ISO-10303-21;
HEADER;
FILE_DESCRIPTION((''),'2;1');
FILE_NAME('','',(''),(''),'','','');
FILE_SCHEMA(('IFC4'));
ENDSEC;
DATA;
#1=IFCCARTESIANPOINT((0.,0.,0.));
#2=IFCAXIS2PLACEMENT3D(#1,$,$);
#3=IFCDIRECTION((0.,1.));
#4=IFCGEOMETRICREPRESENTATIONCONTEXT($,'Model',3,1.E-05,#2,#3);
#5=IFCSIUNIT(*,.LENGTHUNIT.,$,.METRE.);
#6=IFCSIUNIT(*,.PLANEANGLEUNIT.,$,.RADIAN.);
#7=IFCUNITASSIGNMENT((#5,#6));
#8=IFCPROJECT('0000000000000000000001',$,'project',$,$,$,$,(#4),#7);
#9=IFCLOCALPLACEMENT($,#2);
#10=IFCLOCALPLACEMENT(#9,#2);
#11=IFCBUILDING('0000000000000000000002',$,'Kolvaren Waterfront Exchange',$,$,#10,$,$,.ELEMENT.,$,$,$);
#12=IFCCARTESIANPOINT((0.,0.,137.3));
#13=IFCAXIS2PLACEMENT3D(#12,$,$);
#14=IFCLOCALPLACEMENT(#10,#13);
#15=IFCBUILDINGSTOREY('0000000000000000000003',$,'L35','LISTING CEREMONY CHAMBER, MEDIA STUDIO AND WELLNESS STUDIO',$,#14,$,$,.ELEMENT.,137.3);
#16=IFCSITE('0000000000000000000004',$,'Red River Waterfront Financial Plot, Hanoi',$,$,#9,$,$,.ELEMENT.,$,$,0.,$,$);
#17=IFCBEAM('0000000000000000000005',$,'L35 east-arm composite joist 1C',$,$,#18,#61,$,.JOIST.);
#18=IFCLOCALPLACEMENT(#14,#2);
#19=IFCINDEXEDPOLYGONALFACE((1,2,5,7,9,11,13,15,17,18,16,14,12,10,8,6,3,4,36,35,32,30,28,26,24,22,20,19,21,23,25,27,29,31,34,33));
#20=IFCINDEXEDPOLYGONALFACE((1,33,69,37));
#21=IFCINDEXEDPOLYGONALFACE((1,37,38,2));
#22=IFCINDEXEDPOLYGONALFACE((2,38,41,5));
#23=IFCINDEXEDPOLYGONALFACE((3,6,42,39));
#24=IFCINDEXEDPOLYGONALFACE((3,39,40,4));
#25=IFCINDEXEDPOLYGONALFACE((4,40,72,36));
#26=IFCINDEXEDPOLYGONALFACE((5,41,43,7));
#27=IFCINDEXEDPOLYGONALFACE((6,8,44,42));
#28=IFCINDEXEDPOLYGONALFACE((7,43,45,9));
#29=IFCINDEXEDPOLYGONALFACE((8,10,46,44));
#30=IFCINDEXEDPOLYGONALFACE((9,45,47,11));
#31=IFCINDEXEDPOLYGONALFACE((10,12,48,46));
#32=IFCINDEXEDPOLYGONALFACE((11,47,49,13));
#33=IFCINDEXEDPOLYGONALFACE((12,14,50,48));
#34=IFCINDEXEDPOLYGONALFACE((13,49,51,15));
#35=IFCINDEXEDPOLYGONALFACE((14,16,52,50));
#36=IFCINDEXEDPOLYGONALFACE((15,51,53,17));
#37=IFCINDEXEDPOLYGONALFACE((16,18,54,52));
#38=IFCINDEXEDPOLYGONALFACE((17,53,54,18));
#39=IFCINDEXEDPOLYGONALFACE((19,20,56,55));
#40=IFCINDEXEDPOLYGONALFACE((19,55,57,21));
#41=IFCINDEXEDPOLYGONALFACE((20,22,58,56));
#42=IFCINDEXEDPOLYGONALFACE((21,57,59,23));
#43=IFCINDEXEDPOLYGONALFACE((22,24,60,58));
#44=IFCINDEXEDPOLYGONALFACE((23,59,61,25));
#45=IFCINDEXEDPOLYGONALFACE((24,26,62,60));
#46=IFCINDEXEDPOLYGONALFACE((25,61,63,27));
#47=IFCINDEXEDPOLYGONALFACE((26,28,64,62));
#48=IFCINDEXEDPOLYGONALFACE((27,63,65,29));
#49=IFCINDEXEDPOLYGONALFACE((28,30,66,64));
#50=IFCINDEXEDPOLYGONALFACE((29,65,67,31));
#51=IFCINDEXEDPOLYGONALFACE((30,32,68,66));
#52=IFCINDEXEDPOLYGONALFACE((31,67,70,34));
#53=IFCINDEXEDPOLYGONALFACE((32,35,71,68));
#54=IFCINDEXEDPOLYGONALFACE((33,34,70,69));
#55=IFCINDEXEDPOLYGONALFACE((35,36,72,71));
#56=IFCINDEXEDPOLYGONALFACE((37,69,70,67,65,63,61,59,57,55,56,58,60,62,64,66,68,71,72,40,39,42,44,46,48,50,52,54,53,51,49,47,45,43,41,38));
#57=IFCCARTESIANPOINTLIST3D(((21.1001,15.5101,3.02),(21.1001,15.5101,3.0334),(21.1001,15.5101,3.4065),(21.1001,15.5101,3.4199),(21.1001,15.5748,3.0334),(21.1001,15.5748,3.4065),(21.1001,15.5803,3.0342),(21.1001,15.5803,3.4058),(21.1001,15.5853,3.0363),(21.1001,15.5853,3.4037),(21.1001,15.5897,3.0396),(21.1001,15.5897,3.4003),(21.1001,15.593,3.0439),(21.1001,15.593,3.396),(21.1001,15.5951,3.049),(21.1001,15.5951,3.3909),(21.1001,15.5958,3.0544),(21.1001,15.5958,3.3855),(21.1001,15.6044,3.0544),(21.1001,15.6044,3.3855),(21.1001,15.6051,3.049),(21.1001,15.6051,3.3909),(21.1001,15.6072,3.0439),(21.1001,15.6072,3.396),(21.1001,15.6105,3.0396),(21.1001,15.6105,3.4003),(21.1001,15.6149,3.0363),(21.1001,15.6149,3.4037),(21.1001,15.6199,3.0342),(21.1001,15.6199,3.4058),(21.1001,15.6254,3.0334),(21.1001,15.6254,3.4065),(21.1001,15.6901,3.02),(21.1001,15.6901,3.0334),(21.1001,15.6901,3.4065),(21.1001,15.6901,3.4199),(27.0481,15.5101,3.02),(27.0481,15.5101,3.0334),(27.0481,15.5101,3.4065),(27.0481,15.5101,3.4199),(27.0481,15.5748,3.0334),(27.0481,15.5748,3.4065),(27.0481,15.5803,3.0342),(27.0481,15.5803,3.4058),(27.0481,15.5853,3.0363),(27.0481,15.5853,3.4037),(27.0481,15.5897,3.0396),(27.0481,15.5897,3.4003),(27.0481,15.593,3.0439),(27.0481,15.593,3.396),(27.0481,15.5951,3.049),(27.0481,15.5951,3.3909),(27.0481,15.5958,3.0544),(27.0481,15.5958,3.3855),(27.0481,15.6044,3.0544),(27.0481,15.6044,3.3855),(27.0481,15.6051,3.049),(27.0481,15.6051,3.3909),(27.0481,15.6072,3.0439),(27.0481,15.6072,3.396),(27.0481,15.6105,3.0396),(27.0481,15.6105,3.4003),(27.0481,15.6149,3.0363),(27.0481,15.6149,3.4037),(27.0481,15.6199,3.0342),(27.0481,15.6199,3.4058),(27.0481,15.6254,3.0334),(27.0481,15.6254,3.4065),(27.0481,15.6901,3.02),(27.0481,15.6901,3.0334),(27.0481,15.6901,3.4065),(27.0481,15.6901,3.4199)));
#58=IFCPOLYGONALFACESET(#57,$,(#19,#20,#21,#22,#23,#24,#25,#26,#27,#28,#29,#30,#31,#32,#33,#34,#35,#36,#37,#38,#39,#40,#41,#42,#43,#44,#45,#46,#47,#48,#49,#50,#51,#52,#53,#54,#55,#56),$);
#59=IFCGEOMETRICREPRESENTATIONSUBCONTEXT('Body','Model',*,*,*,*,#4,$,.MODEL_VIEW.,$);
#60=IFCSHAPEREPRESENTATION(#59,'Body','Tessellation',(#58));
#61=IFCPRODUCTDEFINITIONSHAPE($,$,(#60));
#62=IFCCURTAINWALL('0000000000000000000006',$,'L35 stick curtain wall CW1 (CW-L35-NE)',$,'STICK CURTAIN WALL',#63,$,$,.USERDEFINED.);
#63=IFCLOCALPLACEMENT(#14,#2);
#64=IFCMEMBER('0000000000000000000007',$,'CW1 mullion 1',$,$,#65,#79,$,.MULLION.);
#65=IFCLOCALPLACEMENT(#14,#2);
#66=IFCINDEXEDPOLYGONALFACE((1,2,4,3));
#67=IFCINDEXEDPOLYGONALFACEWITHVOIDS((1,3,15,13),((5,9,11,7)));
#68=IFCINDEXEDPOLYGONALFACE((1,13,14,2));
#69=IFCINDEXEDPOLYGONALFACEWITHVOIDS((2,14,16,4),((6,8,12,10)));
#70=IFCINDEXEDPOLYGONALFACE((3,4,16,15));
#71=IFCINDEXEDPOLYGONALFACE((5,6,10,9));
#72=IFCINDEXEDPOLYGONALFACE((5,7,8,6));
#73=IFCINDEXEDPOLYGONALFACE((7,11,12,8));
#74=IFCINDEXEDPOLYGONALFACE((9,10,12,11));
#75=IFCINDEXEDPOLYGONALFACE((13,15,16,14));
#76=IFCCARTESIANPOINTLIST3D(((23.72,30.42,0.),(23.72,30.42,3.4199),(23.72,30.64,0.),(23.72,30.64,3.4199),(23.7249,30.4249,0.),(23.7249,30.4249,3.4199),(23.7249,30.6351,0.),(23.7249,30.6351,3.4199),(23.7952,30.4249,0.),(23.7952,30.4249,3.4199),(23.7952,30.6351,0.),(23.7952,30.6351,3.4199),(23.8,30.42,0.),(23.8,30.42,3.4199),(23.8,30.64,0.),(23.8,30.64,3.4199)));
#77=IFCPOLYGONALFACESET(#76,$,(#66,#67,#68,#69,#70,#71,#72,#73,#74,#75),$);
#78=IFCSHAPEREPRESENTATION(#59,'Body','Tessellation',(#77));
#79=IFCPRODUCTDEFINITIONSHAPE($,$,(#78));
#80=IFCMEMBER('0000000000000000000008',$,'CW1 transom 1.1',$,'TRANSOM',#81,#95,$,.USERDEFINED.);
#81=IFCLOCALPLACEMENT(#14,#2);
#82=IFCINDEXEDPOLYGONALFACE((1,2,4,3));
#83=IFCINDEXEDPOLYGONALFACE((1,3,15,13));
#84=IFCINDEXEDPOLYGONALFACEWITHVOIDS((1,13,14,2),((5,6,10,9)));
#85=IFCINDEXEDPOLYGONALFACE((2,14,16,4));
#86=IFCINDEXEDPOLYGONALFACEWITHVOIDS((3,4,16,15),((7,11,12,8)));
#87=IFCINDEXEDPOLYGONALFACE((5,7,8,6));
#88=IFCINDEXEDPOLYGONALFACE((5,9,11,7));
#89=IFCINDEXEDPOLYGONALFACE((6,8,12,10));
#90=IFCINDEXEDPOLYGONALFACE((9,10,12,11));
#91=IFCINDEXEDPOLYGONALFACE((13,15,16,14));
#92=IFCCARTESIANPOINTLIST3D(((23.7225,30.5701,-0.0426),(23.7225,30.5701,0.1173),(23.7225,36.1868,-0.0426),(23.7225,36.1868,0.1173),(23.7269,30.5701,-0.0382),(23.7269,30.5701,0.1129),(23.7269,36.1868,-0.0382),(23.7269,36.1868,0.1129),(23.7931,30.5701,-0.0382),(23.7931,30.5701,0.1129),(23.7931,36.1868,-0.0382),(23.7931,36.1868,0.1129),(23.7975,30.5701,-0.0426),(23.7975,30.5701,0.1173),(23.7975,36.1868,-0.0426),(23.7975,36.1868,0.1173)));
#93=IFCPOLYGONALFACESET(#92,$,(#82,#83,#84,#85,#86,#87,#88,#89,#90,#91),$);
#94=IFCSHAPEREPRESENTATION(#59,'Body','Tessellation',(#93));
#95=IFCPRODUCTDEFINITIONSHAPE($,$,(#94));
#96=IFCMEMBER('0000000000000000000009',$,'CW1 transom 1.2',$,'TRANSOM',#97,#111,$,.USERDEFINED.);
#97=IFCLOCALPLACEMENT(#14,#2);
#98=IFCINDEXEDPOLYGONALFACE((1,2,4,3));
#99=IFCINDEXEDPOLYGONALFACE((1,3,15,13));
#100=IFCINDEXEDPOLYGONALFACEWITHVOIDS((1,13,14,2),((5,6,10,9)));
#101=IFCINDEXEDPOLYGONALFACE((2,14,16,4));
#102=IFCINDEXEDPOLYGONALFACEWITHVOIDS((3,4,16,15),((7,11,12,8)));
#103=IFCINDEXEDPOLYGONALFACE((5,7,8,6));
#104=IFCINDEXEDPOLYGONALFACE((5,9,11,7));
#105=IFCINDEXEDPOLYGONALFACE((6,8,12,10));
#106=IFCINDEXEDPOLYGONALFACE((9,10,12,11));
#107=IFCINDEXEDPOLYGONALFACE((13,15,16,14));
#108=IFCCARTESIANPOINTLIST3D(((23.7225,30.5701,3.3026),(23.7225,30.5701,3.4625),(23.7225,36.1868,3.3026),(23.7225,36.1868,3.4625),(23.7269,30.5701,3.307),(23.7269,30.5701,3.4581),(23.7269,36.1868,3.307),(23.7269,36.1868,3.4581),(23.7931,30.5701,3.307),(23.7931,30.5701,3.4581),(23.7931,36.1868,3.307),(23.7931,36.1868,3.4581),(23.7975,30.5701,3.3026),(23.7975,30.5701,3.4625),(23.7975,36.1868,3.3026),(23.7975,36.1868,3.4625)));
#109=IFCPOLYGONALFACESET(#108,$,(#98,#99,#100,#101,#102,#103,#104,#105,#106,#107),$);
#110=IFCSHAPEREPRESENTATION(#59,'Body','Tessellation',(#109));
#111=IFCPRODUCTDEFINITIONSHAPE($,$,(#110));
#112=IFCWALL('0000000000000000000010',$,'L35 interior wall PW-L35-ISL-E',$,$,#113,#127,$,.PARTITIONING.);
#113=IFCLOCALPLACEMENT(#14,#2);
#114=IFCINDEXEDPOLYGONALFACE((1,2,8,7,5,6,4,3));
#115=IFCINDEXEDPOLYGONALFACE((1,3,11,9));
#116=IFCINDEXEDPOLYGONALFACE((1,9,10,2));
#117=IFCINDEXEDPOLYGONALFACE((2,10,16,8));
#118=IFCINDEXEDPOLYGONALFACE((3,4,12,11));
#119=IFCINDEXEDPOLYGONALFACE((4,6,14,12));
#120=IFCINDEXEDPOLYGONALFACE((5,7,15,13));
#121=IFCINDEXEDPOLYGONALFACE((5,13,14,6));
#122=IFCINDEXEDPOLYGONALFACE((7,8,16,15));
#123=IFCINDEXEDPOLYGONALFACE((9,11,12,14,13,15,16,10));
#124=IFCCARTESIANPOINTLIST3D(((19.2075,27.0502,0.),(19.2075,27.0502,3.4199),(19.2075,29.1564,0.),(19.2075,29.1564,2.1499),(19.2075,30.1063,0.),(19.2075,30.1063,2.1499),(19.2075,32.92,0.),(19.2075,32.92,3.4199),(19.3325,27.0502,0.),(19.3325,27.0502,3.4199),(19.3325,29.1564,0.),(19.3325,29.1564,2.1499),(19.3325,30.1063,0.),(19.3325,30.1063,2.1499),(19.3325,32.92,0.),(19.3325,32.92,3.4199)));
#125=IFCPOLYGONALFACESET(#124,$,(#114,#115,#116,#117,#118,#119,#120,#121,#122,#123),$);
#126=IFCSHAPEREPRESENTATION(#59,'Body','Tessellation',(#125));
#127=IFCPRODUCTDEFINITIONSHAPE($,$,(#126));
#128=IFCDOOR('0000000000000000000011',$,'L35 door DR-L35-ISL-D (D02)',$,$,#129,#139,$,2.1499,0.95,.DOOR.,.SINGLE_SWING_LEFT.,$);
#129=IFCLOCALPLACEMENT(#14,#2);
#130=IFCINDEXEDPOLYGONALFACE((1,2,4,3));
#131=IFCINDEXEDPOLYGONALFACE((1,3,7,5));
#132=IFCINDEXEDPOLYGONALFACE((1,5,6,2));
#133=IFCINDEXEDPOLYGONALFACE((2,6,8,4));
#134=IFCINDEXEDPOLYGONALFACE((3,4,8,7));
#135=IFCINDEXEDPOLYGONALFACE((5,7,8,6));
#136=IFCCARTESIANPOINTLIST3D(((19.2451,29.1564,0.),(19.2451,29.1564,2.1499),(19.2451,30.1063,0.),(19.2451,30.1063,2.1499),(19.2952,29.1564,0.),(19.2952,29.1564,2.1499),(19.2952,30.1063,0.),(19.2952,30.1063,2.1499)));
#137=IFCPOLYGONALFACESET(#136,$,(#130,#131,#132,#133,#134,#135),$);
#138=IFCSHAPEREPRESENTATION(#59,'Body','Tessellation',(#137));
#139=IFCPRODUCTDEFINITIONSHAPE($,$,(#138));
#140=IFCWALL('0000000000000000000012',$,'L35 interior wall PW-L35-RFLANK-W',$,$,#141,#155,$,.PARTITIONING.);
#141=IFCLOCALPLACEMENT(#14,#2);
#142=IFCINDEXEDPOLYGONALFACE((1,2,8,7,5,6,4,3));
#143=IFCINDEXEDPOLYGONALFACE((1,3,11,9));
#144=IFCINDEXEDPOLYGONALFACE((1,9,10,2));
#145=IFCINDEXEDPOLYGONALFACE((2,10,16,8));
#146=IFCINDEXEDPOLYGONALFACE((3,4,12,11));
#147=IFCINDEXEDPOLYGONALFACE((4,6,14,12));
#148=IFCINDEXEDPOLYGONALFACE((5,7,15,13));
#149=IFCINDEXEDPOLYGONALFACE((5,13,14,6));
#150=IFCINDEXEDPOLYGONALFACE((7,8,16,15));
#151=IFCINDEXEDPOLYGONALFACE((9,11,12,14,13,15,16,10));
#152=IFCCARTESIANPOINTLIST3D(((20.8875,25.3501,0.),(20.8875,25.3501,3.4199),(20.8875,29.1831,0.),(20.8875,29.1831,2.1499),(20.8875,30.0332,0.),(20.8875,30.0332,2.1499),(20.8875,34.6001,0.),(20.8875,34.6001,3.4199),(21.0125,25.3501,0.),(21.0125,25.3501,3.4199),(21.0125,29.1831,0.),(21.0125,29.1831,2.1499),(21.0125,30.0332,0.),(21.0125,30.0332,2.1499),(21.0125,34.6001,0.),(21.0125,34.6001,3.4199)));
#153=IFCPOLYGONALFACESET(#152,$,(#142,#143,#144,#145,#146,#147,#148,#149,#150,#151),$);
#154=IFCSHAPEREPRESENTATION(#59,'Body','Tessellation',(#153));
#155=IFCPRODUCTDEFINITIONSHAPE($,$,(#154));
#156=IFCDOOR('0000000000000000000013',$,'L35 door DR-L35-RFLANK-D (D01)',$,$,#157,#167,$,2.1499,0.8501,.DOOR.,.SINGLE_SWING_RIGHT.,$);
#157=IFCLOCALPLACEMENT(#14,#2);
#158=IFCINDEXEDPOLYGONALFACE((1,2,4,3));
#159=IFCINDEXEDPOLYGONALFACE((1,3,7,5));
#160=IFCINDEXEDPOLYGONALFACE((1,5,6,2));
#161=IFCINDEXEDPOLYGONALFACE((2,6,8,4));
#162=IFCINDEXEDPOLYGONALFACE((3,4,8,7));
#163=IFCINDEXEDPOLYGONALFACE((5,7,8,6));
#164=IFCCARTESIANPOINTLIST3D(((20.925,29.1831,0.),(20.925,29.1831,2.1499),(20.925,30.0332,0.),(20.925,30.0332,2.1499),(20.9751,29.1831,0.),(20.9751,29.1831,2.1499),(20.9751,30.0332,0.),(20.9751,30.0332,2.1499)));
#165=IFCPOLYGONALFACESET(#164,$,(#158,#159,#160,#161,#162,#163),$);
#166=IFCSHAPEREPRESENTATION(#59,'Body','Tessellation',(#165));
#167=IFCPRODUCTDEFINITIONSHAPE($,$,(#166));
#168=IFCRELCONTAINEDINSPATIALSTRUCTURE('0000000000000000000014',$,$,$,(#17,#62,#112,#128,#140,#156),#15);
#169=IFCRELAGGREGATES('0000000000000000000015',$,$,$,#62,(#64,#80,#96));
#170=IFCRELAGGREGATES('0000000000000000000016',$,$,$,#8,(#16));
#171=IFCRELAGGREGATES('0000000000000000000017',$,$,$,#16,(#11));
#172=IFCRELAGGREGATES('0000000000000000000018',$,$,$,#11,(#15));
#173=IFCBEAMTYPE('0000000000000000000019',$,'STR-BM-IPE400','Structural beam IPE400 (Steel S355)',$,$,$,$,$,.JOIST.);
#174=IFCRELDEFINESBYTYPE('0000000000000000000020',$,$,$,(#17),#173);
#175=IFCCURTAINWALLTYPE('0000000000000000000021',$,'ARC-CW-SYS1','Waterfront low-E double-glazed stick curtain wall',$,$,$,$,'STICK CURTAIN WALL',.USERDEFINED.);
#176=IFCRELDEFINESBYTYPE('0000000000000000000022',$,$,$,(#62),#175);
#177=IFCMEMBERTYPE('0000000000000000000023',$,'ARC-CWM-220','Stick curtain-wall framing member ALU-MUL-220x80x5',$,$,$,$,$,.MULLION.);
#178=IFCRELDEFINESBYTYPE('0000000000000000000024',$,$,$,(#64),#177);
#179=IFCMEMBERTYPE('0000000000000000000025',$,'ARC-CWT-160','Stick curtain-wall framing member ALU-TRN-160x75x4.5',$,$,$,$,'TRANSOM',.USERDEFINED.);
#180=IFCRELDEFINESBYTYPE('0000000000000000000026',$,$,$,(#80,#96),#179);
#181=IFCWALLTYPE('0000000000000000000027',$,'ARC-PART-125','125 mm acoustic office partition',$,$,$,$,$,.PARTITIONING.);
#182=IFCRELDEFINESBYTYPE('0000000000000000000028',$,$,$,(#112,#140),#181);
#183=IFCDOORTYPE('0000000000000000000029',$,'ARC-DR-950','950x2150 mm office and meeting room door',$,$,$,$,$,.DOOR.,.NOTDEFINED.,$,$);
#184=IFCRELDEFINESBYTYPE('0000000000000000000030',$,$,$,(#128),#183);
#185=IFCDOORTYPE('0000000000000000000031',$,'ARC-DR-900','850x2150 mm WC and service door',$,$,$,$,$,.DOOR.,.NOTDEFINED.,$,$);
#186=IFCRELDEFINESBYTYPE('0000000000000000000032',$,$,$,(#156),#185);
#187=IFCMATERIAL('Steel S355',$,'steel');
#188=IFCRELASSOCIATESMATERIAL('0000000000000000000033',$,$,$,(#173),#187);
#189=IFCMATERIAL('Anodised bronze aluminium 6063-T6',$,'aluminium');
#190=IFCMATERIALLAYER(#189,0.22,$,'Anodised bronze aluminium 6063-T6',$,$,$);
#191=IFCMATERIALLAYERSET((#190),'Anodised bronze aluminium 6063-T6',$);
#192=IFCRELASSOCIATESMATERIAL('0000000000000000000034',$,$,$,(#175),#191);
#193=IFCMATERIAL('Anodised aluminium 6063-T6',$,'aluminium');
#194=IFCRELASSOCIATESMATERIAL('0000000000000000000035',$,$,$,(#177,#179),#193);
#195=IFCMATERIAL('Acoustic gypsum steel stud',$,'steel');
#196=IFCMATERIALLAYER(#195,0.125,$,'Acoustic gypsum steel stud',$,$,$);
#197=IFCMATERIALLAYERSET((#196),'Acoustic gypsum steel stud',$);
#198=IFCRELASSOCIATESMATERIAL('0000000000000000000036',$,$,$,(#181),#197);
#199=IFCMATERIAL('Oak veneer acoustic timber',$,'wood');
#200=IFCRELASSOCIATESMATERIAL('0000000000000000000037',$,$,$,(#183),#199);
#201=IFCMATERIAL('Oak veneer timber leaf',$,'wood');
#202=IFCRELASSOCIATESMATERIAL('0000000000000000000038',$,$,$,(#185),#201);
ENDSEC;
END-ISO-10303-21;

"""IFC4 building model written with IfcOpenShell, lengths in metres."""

from ifc_helpers import new_model, si_unit, direction, frame, frame_2d, origin, origin_with_axes, origin_2d, place, context, subcontext, project, spatial, rectangle, hollow_rectangle, i_section, extrude, source, transform, mapped, material, layer, layer_set, material_profile, profile_set, type_object, element, fill, aggregate, save


model = new_model("IFC4")

# Units and contexts
model_context = context("Model", 3, precision=1e-05, world=origin(), true_north=direction((0.0, 1.0)))
body_context = subcontext(model_context, "Body", "Model", "MODEL_VIEW")
ifc_project = project(units=[si_unit("LENGTHUNIT", "METRE"), si_unit("PLANEANGLEUNIT", "RADIAN")], contexts=[model_context])

# Site, building, storey
site_placement = place(None, origin())
site = spatial("IfcSite", under=ifc_project, at=site_placement, Name="Red River Waterfront Financial Plot, Hanoi", CompositionType="ELEMENT", RefElevation=0.0)
building_placement = place(site_placement, origin())
building = spatial("IfcBuilding", under=site, at=building_placement, Name="Kolvaren Waterfront Exchange", CompositionType="ELEMENT")
storey_placement = place(building_placement, frame((0.0, 0.0, 137.3)))
storey = spatial("IfcBuildingStorey", under=building, at=storey_placement, Name="L35", Description="LISTING CEREMONY CHAMBER, MEDIA STUDIO AND WELLNESS STUDIO", CompositionType="ELEMENT", Elevation=137.3)

# Beam
ifc_material_1 = material(Name="Steel S355", Category="steel")
ifc_material_profile_1 = material_profile(ifc_material_1, i_section(OverallWidth=0.1799, OverallDepth=0.3999, WebThickness=0.0085, FlangeThickness=0.0134, FilletRadius=0.021, at=origin_2d()), Name="IPE400")
ifc_profile_set_1 = profile_set([ifc_material_profile_1], Name="Steel S355")
beam_type_1 = type_object("IfcBeamType", Name="STR-BM-IPE400", Description="Structural beam IPE400 (Steel S355)", PredefinedType="JOIST", material=ifc_profile_set_1)
for number, where, z_axis, x_axis, name in (
    (1, (21.1001, 15.6001, 3.22), (1.0, 0.0, 0.0), (0.0, 1.0, 0.0), "L35 east-arm composite joist 1C"),
):
    element("IfcBeam", number, at=place(storey_placement, frame(where, z_axis=z_axis, x_axis=x_axis)), inside=storey, type_object=beam_type_1, Name=name, PredefinedType="JOIST", context=body_context, shape_type="SweptSolid", body=[
        extrude(i_section(OverallWidth=0.1799, OverallDepth=0.3999, WebThickness=0.0085, FlangeThickness=0.0134, FilletRadius=0.021, at=origin_2d()), origin(), (0.0, 0.0, 1.0), 5.948),
    ])

# Curtain wall, members
ifc_material_2 = material(Name="Anodised bronze aluminium 6063-T6", Category="aluminium")
ifc_layer_1 = layer(ifc_material_2, 0.22, Name="Anodised bronze aluminium 6063-T6")
ifc_layer_set_1 = layer_set([ifc_layer_1], Name="Anodised bronze aluminium 6063-T6")
curtain_wall_type = type_object("IfcCurtainWallType", Name="ARC-CW-SYS1", Description="Waterfront low-E double-glazed stick curtain wall", ElementType="STICK CURTAIN WALL", PredefinedType="USERDEFINED", material=ifc_layer_set_1)
curtain_wall_placement = place(storey_placement, origin())
curtain_wall = element("IfcCurtainWall", 2, at=curtain_wall_placement, inside=storey, type_object=curtain_wall_type, Name="L35 stick curtain wall CW1 (CW-L35-NE)", ObjectType="STICK CURTAIN WALL", PredefinedType="USERDEFINED")
ifc_material_3 = material(Name="Anodised aluminium 6063-T6", Category="aluminium")
ifc_material_profile_2 = material_profile(ifc_material_3, hollow_rectangle(XDim=0.0801, YDim=0.22, WallThickness=0.0049, at=origin_2d()), Name="ALU-MUL-220x80x5")
ifc_profile_set_2 = profile_set([ifc_material_profile_2], Name="Anodised aluminium 6063-T6")
member_type_1 = type_object("IfcMemberType", Name="ARC-CWM-220", Description="Stick curtain-wall framing member ALU-MUL-220x80x5", PredefinedType="MULLION", material=ifc_profile_set_2)
shared_shape_1 = source(origin_with_axes(), body_context, "Body", "SweptSolid", [
    extrude(hollow_rectangle(XDim=0.0801, YDim=0.22, WallThickness=0.0049, at=origin_2d()), origin(), (0.0, 0.0, 1.0), 3.4199),
])
member_1_placement = place(storey_placement, frame((23.76, 30.53, 0.0), z_axis=(0.0, 0.0, 1.0), x_axis=(-1.0, 0.0, 0.0)))
member_1 = element("IfcMember", 3, at=member_1_placement, type_object=member_type_1, Name="CW1 mullion 1", PredefinedType="MULLION", context=body_context, shape_type="MappedRepresentation", body=[
    mapped(shared_shape_1, transform((0.0, 0.0, 0.0), x_axis=(1.0, 0.0, 0.0), y_axis=(0.0, 1.0, 0.0), z_axis=(0.0, 0.0, 1.0), scale=1.0)),
])
ifc_material_profile_3 = material_profile(ifc_material_3, hollow_rectangle(XDim=0.075, YDim=0.1599, WallThickness=0.0044, at=origin_2d()), Name="ALU-TRN-160x75x4.5")
ifc_profile_set_3 = profile_set([ifc_material_profile_3], Name="Anodised aluminium 6063-T6")
member_type_2 = type_object("IfcMemberType", Name="ARC-CWT-160", Description="Stick curtain-wall framing member ALU-TRN-160x75x4.5", ElementType="TRANSOM", PredefinedType="USERDEFINED", material=ifc_profile_set_3)
shared_shape_2 = source(origin_with_axes(), body_context, "Body", "SweptSolid", [
    extrude(hollow_rectangle(XDim=0.075, YDim=0.1599, WallThickness=0.0044, at=origin_2d()), origin(), (0.0, 0.0, 1.0), 5.6167),
])
member_2_placement = place(storey_placement, frame((23.76, 30.5701, 0.0374), z_axis=(0.0, 1.0, 0.0), x_axis=(-1.0, 0.0, 0.0)))
member_2 = element("IfcMember", 4, at=member_2_placement, type_object=member_type_2, Name="CW1 transom 1.1", ObjectType="TRANSOM", PredefinedType="USERDEFINED", context=body_context, shape_type="MappedRepresentation", body=[
    mapped(shared_shape_2, transform((0.0, 0.0, 0.0), x_axis=(1.0, 0.0, 0.0), y_axis=(0.0, 1.0, 0.0), z_axis=(0.0, 0.0, 1.0), scale=1.0)),
])
member_3_placement = place(storey_placement, frame((23.76, 30.5701, 3.3826), z_axis=(0.0, 1.0, 0.0), x_axis=(-1.0, 0.0, 0.0)))
member_3 = element("IfcMember", 5, at=member_3_placement, type_object=member_type_2, Name="CW1 transom 1.2", ObjectType="TRANSOM", PredefinedType="USERDEFINED", context=body_context, shape_type="MappedRepresentation", body=[
    mapped(shared_shape_2, transform((0.0, 0.0, 0.0), x_axis=(1.0, 0.0, 0.0), y_axis=(0.0, 1.0, 0.0), z_axis=(0.0, 0.0, 1.0), scale=1.0)),
])
aggregate(curtain_wall, [member_1, member_2, member_3])

# Walls, openings, doors
ifc_material_4 = material(Name="Acoustic gypsum steel stud", Category="steel")
ifc_layer_2 = layer(ifc_material_4, 0.125, Name="Acoustic gypsum steel stud")
ifc_layer_set_2 = layer_set([ifc_layer_2], Name="Acoustic gypsum steel stud")
wall_type_1 = type_object("IfcWallType", Name="ARC-PART-125", Description="125 mm acoustic office partition", PredefinedType="PARTITIONING", material=ifc_layer_set_2)
wall_1_placement = place(storey_placement, frame((19.27, 27.05, 0.0), z_axis=(0.0, 0.0, 1.0), x_axis=(0.0, 1.0, 0.0)))
wall_1 = element("IfcWall", 6, at=wall_1_placement, inside=storey, type_object=wall_type_1, Name="L35 interior wall PW-L35-ISL-E", PredefinedType="PARTITIONING", context=body_context, shape_type="SweptSolid", body=[
    extrude(rectangle(XDim=5.8699, YDim=0.125, at=frame_2d((2.9351, 0.0))), origin(), (0.0, 0.0, 1.0), 3.4199),
])
opening_1_placement = place(wall_1_placement, frame((2.1062, 0.0, 0.0)))
opening_1 = element("IfcOpeningElement", 7, at=opening_1_placement, cuts=wall_1, PredefinedType="OPENING", context=body_context, shape_type="SweptSolid", body=[
    extrude(rectangle(XDim=0.95, YDim=2.1499, at=frame_2d((0.4751, 1.075))), frame((0.0, 0.0725, 0.0), z_axis=(0.0, -1.0, 0.0), x_axis=(1.0, 0.0, 0.0)), (0.0, 0.0, 1.0), 0.145),
])
ifc_material_5 = material(Name="Oak veneer acoustic timber", Category="wood")
door_type_1 = type_object("IfcDoorType", Name="ARC-DR-950", Description="950x2150 mm office and meeting room door", OperationType="NOTDEFINED", PredefinedType="DOOR", material=ifc_material_5)
door_1_placement = place(opening_1_placement, origin())
door_1 = element("IfcDoor", 8, at=door_1_placement, inside=storey, type_object=door_type_1, Name="L35 door DR-L35-ISL-D (D02)", OperationType="SINGLE_SWING_LEFT", OverallHeight=2.1499, OverallWidth=0.95, PredefinedType="DOOR", context=body_context, shape_type="SweptSolid", body=[
    extrude(rectangle(XDim=0.95, YDim=2.1499, at=frame_2d((0.4751, 1.075))), frame((0.0, 0.0249, 0.0), z_axis=(0.0, -1.0, 0.0), x_axis=(1.0, 0.0, 0.0)), (0.0, 0.0, 1.0), 0.05),
])
fill(opening_1, door_1)
wall_2_placement = place(storey_placement, frame((20.95, 25.3501, 0.0), z_axis=(0.0, 0.0, 1.0), x_axis=(0.0, 1.0, 0.0)))
wall_2 = element("IfcWall", 9, at=wall_2_placement, inside=storey, type_object=wall_type_1, Name="L35 interior wall PW-L35-RFLANK-W", PredefinedType="PARTITIONING", context=body_context, shape_type="SweptSolid", body=[
    extrude(rectangle(XDim=9.25, YDim=0.125, at=frame_2d((4.625, 0.0))), origin(), (0.0, 0.0, 1.0), 3.4199),
])
opening_2_placement = place(wall_2_placement, frame((3.833, 0.0, 0.0)))
opening_2 = element("IfcOpeningElement", 10, at=opening_2_placement, cuts=wall_2, PredefinedType="OPENING", context=body_context, shape_type="SweptSolid", body=[
    extrude(rectangle(XDim=0.8501, YDim=2.1499, at=frame_2d((0.425, 1.075))), frame((0.0, 0.0725, 0.0), z_axis=(0.0, -1.0, 0.0), x_axis=(1.0, 0.0, 0.0)), (0.0, 0.0, 1.0), 0.145),
])
ifc_material_6 = material(Name="Oak veneer timber leaf", Category="wood")
door_type_2 = type_object("IfcDoorType", Name="ARC-DR-900", Description="850x2150 mm WC and service door", OperationType="NOTDEFINED", PredefinedType="DOOR", material=ifc_material_6)
door_2_placement = place(opening_2_placement, origin())
door_2 = element("IfcDoor", 11, at=door_2_placement, inside=storey, type_object=door_type_2, Name="L35 door DR-L35-RFLANK-D (D01)", OperationType="SINGLE_SWING_RIGHT", OverallHeight=2.1499, OverallWidth=0.8501, PredefinedType="DOOR", context=body_context, shape_type="SweptSolid", body=[
    extrude(rectangle(XDim=0.8501, YDim=2.1499, at=frame_2d((0.425, 1.075))), frame((0.0, 0.0249, 0.0), z_axis=(0.0, -1.0, 0.0), x_axis=(1.0, 0.0, 0.0)), (0.0, 0.0, 1.0), 0.05),
])
fill(opening_2, door_2)

save(model, "model.ifc")
